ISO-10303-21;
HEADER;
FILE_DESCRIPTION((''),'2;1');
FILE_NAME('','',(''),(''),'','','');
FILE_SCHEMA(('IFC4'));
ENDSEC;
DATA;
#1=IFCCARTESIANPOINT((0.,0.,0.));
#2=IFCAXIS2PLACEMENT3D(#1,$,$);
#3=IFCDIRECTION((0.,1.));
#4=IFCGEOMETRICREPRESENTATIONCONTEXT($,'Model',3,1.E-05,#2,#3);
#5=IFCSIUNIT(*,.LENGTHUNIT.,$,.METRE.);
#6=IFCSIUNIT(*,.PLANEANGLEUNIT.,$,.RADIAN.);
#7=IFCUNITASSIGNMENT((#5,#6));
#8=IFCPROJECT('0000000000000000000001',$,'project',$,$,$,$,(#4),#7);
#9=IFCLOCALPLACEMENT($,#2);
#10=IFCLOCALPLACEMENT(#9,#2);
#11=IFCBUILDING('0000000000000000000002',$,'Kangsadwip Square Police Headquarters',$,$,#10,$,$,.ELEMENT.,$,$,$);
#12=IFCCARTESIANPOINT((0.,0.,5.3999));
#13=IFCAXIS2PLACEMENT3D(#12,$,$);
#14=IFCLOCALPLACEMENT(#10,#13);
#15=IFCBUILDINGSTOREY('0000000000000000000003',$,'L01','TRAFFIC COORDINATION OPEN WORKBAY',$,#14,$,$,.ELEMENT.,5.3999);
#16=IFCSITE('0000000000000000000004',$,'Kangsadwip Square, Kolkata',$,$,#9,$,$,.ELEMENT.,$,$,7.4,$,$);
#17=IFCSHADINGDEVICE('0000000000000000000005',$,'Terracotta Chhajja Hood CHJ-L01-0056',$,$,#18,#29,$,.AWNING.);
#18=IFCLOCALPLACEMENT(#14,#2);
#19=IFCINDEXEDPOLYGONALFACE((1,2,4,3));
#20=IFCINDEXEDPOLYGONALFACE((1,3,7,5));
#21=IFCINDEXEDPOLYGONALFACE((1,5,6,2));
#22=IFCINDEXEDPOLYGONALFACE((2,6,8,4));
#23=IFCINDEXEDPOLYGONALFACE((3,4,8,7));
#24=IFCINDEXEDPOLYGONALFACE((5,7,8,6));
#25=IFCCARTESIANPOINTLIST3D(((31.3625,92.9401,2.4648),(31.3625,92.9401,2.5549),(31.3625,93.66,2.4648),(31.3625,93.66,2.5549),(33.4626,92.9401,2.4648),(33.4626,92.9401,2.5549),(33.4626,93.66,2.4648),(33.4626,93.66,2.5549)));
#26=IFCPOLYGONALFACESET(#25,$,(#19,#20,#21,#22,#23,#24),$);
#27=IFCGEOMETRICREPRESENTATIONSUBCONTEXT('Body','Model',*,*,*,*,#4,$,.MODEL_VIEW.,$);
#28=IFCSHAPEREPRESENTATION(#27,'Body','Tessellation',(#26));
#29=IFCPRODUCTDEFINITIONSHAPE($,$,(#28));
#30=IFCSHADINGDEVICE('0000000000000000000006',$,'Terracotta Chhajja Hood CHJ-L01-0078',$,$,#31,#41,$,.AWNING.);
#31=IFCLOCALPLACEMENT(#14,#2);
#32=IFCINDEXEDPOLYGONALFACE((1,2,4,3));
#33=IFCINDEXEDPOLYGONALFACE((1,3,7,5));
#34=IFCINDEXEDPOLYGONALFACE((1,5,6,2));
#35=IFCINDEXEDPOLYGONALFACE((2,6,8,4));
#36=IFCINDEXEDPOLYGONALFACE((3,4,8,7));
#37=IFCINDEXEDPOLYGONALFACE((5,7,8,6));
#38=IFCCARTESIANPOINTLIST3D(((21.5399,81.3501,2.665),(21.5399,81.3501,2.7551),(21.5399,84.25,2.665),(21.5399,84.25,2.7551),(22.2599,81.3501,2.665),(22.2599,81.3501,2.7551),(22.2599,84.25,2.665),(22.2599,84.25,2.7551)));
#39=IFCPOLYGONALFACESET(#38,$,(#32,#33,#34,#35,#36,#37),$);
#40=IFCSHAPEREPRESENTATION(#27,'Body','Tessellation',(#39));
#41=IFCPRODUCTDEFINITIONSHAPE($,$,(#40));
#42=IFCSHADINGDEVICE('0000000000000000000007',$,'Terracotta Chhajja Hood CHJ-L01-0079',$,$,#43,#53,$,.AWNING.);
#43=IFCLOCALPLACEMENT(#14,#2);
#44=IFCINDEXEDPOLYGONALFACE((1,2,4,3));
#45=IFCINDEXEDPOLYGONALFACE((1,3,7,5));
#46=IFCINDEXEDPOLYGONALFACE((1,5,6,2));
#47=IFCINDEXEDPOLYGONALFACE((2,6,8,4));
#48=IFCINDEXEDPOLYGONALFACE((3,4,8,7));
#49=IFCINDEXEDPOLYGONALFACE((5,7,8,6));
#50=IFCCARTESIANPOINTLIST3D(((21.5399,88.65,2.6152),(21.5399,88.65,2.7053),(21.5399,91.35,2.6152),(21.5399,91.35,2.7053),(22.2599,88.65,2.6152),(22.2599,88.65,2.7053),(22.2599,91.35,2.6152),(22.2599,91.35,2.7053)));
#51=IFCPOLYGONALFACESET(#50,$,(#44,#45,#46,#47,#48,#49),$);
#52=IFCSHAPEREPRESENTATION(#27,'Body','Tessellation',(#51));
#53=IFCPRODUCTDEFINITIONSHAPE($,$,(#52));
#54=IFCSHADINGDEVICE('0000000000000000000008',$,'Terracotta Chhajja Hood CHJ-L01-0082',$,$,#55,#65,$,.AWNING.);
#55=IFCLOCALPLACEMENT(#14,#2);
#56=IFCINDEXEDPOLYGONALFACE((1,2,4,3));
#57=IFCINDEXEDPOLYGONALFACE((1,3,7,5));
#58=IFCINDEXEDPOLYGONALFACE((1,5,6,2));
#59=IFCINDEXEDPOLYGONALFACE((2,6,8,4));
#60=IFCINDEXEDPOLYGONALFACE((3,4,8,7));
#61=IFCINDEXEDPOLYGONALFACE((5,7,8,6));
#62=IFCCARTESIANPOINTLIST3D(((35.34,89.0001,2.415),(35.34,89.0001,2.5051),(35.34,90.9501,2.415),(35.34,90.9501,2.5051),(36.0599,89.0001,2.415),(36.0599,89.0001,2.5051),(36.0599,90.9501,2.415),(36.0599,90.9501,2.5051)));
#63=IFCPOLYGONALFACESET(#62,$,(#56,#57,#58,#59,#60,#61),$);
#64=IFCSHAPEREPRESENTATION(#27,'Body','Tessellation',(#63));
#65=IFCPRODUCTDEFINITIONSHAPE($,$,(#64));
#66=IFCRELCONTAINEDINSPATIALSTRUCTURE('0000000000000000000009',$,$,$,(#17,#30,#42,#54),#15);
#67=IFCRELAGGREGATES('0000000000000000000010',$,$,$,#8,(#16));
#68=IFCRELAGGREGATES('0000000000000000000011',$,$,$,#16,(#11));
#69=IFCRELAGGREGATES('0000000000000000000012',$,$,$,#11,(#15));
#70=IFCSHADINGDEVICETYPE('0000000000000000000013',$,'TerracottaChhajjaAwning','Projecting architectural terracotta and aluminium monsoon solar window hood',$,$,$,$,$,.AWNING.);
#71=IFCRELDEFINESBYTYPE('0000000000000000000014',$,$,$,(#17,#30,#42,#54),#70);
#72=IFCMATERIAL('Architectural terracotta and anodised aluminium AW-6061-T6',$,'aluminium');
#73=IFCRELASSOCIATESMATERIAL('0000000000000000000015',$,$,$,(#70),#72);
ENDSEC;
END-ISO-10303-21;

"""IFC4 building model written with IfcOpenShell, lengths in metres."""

from ifc_helpers import new_model, si_unit, direction, frame, origin, origin_2d, place, context, subcontext, project, spatial, rectangle, extrude, material, type_object, element, save


model = new_model("IFC4")

# Units and contexts
model_context = context("Model", 3, precision=1e-05, world=origin(), true_north=direction((0.0, 1.0)))
body_context = subcontext(model_context, "Body", "Model", "MODEL_VIEW")
ifc_project = project(units=[si_unit("LENGTHUNIT", "METRE"), si_unit("PLANEANGLEUNIT", "RADIAN")], contexts=[model_context])

# Site, building, storey
site_placement = place(None, origin())
site = spatial("IfcSite", under=ifc_project, at=site_placement, Name="Kangsadwip Square, Kolkata", CompositionType="ELEMENT", RefElevation=7.4)
building_placement = place(site_placement, origin())
building = spatial("IfcBuilding", under=site, at=building_placement, Name="Kangsadwip Square Police Headquarters", CompositionType="ELEMENT")
storey_placement = place(building_placement, frame((0.0, 0.0, 5.3999)))
storey = spatial("IfcBuildingStorey", under=building, at=storey_placement, Name="L01", Description="TRAFFIC COORDINATION OPEN WORKBAY", CompositionType="ELEMENT", Elevation=5.3999)

# Shading devices
ifc_material_1 = material(Name="Architectural terracotta and anodised aluminium AW-6061-T6", Category="aluminium")
shading_device_type = type_object("IfcShadingDeviceType", Name="TerracottaChhajjaAwning", Description="Projecting architectural terracotta and aluminium monsoon solar window hood", PredefinedType="AWNING", material=ifc_material_1)
shading_device_1_placement = place(storey_placement, frame((32.4126, 93.3, 2.4648), z_axis=(0.0, 0.0, 1.0), x_axis=(1.0, 0.0, 0.0)))
element("IfcShadingDevice", 1, at=shading_device_1_placement, inside=storey, type_object=shading_device_type, Name="Terracotta Chhajja Hood CHJ-L01-0056", PredefinedType="AWNING", context=body_context, shape_type="SweptSolid", body=[
    extrude(rectangle(XDim=2.1001, YDim=0.72, at=origin_2d()), origin(), (0.0, 0.0, 1.0), 0.0901),
])
shading_device_2_placement = place(storey_placement, frame((21.8999, 82.8, 2.665), z_axis=(0.0, 0.0, 1.0), x_axis=(0.0, 1.0, 0.0)))
element("IfcShadingDevice", 2, at=shading_device_2_placement, inside=storey, type_object=shading_device_type, Name="Terracotta Chhajja Hood CHJ-L01-0078", PredefinedType="AWNING", context=body_context, shape_type="SweptSolid", body=[
    extrude(rectangle(XDim=2.8999, YDim=0.72, at=origin_2d()), origin(), (0.0, 0.0, 1.0), 0.0901),
])
shading_device_3_placement = place(storey_placement, frame((21.8999, 90.0, 2.6152), z_axis=(0.0, 0.0, 1.0), x_axis=(0.0, 1.0, 0.0)))
element("IfcShadingDevice", 3, at=shading_device_3_placement, inside=storey, type_object=shading_device_type, Name="Terracotta Chhajja Hood CHJ-L01-0079", PredefinedType="AWNING", context=body_context, shape_type="SweptSolid", body=[
    extrude(rectangle(XDim=2.7, YDim=0.72, at=origin_2d()), origin(), (0.0, 0.0, 1.0), 0.0901),
])
shading_device_4_placement = place(storey_placement, frame((35.7, 89.9751, 2.415), z_axis=(0.0, 0.0, 1.0), x_axis=(0.0, 1.0, 0.0)))
element("IfcShadingDevice", 4, at=shading_device_4_placement, inside=storey, type_object=shading_device_type, Name="Terracotta Chhajja Hood CHJ-L01-0082", PredefinedType="AWNING", context=body_context, shape_type="SweptSolid", body=[
    extrude(rectangle(XDim=1.95, YDim=0.72, at=origin_2d()), origin(), (0.0, 0.0, 1.0), 0.0901),
])

save(model, "model.ifc")
